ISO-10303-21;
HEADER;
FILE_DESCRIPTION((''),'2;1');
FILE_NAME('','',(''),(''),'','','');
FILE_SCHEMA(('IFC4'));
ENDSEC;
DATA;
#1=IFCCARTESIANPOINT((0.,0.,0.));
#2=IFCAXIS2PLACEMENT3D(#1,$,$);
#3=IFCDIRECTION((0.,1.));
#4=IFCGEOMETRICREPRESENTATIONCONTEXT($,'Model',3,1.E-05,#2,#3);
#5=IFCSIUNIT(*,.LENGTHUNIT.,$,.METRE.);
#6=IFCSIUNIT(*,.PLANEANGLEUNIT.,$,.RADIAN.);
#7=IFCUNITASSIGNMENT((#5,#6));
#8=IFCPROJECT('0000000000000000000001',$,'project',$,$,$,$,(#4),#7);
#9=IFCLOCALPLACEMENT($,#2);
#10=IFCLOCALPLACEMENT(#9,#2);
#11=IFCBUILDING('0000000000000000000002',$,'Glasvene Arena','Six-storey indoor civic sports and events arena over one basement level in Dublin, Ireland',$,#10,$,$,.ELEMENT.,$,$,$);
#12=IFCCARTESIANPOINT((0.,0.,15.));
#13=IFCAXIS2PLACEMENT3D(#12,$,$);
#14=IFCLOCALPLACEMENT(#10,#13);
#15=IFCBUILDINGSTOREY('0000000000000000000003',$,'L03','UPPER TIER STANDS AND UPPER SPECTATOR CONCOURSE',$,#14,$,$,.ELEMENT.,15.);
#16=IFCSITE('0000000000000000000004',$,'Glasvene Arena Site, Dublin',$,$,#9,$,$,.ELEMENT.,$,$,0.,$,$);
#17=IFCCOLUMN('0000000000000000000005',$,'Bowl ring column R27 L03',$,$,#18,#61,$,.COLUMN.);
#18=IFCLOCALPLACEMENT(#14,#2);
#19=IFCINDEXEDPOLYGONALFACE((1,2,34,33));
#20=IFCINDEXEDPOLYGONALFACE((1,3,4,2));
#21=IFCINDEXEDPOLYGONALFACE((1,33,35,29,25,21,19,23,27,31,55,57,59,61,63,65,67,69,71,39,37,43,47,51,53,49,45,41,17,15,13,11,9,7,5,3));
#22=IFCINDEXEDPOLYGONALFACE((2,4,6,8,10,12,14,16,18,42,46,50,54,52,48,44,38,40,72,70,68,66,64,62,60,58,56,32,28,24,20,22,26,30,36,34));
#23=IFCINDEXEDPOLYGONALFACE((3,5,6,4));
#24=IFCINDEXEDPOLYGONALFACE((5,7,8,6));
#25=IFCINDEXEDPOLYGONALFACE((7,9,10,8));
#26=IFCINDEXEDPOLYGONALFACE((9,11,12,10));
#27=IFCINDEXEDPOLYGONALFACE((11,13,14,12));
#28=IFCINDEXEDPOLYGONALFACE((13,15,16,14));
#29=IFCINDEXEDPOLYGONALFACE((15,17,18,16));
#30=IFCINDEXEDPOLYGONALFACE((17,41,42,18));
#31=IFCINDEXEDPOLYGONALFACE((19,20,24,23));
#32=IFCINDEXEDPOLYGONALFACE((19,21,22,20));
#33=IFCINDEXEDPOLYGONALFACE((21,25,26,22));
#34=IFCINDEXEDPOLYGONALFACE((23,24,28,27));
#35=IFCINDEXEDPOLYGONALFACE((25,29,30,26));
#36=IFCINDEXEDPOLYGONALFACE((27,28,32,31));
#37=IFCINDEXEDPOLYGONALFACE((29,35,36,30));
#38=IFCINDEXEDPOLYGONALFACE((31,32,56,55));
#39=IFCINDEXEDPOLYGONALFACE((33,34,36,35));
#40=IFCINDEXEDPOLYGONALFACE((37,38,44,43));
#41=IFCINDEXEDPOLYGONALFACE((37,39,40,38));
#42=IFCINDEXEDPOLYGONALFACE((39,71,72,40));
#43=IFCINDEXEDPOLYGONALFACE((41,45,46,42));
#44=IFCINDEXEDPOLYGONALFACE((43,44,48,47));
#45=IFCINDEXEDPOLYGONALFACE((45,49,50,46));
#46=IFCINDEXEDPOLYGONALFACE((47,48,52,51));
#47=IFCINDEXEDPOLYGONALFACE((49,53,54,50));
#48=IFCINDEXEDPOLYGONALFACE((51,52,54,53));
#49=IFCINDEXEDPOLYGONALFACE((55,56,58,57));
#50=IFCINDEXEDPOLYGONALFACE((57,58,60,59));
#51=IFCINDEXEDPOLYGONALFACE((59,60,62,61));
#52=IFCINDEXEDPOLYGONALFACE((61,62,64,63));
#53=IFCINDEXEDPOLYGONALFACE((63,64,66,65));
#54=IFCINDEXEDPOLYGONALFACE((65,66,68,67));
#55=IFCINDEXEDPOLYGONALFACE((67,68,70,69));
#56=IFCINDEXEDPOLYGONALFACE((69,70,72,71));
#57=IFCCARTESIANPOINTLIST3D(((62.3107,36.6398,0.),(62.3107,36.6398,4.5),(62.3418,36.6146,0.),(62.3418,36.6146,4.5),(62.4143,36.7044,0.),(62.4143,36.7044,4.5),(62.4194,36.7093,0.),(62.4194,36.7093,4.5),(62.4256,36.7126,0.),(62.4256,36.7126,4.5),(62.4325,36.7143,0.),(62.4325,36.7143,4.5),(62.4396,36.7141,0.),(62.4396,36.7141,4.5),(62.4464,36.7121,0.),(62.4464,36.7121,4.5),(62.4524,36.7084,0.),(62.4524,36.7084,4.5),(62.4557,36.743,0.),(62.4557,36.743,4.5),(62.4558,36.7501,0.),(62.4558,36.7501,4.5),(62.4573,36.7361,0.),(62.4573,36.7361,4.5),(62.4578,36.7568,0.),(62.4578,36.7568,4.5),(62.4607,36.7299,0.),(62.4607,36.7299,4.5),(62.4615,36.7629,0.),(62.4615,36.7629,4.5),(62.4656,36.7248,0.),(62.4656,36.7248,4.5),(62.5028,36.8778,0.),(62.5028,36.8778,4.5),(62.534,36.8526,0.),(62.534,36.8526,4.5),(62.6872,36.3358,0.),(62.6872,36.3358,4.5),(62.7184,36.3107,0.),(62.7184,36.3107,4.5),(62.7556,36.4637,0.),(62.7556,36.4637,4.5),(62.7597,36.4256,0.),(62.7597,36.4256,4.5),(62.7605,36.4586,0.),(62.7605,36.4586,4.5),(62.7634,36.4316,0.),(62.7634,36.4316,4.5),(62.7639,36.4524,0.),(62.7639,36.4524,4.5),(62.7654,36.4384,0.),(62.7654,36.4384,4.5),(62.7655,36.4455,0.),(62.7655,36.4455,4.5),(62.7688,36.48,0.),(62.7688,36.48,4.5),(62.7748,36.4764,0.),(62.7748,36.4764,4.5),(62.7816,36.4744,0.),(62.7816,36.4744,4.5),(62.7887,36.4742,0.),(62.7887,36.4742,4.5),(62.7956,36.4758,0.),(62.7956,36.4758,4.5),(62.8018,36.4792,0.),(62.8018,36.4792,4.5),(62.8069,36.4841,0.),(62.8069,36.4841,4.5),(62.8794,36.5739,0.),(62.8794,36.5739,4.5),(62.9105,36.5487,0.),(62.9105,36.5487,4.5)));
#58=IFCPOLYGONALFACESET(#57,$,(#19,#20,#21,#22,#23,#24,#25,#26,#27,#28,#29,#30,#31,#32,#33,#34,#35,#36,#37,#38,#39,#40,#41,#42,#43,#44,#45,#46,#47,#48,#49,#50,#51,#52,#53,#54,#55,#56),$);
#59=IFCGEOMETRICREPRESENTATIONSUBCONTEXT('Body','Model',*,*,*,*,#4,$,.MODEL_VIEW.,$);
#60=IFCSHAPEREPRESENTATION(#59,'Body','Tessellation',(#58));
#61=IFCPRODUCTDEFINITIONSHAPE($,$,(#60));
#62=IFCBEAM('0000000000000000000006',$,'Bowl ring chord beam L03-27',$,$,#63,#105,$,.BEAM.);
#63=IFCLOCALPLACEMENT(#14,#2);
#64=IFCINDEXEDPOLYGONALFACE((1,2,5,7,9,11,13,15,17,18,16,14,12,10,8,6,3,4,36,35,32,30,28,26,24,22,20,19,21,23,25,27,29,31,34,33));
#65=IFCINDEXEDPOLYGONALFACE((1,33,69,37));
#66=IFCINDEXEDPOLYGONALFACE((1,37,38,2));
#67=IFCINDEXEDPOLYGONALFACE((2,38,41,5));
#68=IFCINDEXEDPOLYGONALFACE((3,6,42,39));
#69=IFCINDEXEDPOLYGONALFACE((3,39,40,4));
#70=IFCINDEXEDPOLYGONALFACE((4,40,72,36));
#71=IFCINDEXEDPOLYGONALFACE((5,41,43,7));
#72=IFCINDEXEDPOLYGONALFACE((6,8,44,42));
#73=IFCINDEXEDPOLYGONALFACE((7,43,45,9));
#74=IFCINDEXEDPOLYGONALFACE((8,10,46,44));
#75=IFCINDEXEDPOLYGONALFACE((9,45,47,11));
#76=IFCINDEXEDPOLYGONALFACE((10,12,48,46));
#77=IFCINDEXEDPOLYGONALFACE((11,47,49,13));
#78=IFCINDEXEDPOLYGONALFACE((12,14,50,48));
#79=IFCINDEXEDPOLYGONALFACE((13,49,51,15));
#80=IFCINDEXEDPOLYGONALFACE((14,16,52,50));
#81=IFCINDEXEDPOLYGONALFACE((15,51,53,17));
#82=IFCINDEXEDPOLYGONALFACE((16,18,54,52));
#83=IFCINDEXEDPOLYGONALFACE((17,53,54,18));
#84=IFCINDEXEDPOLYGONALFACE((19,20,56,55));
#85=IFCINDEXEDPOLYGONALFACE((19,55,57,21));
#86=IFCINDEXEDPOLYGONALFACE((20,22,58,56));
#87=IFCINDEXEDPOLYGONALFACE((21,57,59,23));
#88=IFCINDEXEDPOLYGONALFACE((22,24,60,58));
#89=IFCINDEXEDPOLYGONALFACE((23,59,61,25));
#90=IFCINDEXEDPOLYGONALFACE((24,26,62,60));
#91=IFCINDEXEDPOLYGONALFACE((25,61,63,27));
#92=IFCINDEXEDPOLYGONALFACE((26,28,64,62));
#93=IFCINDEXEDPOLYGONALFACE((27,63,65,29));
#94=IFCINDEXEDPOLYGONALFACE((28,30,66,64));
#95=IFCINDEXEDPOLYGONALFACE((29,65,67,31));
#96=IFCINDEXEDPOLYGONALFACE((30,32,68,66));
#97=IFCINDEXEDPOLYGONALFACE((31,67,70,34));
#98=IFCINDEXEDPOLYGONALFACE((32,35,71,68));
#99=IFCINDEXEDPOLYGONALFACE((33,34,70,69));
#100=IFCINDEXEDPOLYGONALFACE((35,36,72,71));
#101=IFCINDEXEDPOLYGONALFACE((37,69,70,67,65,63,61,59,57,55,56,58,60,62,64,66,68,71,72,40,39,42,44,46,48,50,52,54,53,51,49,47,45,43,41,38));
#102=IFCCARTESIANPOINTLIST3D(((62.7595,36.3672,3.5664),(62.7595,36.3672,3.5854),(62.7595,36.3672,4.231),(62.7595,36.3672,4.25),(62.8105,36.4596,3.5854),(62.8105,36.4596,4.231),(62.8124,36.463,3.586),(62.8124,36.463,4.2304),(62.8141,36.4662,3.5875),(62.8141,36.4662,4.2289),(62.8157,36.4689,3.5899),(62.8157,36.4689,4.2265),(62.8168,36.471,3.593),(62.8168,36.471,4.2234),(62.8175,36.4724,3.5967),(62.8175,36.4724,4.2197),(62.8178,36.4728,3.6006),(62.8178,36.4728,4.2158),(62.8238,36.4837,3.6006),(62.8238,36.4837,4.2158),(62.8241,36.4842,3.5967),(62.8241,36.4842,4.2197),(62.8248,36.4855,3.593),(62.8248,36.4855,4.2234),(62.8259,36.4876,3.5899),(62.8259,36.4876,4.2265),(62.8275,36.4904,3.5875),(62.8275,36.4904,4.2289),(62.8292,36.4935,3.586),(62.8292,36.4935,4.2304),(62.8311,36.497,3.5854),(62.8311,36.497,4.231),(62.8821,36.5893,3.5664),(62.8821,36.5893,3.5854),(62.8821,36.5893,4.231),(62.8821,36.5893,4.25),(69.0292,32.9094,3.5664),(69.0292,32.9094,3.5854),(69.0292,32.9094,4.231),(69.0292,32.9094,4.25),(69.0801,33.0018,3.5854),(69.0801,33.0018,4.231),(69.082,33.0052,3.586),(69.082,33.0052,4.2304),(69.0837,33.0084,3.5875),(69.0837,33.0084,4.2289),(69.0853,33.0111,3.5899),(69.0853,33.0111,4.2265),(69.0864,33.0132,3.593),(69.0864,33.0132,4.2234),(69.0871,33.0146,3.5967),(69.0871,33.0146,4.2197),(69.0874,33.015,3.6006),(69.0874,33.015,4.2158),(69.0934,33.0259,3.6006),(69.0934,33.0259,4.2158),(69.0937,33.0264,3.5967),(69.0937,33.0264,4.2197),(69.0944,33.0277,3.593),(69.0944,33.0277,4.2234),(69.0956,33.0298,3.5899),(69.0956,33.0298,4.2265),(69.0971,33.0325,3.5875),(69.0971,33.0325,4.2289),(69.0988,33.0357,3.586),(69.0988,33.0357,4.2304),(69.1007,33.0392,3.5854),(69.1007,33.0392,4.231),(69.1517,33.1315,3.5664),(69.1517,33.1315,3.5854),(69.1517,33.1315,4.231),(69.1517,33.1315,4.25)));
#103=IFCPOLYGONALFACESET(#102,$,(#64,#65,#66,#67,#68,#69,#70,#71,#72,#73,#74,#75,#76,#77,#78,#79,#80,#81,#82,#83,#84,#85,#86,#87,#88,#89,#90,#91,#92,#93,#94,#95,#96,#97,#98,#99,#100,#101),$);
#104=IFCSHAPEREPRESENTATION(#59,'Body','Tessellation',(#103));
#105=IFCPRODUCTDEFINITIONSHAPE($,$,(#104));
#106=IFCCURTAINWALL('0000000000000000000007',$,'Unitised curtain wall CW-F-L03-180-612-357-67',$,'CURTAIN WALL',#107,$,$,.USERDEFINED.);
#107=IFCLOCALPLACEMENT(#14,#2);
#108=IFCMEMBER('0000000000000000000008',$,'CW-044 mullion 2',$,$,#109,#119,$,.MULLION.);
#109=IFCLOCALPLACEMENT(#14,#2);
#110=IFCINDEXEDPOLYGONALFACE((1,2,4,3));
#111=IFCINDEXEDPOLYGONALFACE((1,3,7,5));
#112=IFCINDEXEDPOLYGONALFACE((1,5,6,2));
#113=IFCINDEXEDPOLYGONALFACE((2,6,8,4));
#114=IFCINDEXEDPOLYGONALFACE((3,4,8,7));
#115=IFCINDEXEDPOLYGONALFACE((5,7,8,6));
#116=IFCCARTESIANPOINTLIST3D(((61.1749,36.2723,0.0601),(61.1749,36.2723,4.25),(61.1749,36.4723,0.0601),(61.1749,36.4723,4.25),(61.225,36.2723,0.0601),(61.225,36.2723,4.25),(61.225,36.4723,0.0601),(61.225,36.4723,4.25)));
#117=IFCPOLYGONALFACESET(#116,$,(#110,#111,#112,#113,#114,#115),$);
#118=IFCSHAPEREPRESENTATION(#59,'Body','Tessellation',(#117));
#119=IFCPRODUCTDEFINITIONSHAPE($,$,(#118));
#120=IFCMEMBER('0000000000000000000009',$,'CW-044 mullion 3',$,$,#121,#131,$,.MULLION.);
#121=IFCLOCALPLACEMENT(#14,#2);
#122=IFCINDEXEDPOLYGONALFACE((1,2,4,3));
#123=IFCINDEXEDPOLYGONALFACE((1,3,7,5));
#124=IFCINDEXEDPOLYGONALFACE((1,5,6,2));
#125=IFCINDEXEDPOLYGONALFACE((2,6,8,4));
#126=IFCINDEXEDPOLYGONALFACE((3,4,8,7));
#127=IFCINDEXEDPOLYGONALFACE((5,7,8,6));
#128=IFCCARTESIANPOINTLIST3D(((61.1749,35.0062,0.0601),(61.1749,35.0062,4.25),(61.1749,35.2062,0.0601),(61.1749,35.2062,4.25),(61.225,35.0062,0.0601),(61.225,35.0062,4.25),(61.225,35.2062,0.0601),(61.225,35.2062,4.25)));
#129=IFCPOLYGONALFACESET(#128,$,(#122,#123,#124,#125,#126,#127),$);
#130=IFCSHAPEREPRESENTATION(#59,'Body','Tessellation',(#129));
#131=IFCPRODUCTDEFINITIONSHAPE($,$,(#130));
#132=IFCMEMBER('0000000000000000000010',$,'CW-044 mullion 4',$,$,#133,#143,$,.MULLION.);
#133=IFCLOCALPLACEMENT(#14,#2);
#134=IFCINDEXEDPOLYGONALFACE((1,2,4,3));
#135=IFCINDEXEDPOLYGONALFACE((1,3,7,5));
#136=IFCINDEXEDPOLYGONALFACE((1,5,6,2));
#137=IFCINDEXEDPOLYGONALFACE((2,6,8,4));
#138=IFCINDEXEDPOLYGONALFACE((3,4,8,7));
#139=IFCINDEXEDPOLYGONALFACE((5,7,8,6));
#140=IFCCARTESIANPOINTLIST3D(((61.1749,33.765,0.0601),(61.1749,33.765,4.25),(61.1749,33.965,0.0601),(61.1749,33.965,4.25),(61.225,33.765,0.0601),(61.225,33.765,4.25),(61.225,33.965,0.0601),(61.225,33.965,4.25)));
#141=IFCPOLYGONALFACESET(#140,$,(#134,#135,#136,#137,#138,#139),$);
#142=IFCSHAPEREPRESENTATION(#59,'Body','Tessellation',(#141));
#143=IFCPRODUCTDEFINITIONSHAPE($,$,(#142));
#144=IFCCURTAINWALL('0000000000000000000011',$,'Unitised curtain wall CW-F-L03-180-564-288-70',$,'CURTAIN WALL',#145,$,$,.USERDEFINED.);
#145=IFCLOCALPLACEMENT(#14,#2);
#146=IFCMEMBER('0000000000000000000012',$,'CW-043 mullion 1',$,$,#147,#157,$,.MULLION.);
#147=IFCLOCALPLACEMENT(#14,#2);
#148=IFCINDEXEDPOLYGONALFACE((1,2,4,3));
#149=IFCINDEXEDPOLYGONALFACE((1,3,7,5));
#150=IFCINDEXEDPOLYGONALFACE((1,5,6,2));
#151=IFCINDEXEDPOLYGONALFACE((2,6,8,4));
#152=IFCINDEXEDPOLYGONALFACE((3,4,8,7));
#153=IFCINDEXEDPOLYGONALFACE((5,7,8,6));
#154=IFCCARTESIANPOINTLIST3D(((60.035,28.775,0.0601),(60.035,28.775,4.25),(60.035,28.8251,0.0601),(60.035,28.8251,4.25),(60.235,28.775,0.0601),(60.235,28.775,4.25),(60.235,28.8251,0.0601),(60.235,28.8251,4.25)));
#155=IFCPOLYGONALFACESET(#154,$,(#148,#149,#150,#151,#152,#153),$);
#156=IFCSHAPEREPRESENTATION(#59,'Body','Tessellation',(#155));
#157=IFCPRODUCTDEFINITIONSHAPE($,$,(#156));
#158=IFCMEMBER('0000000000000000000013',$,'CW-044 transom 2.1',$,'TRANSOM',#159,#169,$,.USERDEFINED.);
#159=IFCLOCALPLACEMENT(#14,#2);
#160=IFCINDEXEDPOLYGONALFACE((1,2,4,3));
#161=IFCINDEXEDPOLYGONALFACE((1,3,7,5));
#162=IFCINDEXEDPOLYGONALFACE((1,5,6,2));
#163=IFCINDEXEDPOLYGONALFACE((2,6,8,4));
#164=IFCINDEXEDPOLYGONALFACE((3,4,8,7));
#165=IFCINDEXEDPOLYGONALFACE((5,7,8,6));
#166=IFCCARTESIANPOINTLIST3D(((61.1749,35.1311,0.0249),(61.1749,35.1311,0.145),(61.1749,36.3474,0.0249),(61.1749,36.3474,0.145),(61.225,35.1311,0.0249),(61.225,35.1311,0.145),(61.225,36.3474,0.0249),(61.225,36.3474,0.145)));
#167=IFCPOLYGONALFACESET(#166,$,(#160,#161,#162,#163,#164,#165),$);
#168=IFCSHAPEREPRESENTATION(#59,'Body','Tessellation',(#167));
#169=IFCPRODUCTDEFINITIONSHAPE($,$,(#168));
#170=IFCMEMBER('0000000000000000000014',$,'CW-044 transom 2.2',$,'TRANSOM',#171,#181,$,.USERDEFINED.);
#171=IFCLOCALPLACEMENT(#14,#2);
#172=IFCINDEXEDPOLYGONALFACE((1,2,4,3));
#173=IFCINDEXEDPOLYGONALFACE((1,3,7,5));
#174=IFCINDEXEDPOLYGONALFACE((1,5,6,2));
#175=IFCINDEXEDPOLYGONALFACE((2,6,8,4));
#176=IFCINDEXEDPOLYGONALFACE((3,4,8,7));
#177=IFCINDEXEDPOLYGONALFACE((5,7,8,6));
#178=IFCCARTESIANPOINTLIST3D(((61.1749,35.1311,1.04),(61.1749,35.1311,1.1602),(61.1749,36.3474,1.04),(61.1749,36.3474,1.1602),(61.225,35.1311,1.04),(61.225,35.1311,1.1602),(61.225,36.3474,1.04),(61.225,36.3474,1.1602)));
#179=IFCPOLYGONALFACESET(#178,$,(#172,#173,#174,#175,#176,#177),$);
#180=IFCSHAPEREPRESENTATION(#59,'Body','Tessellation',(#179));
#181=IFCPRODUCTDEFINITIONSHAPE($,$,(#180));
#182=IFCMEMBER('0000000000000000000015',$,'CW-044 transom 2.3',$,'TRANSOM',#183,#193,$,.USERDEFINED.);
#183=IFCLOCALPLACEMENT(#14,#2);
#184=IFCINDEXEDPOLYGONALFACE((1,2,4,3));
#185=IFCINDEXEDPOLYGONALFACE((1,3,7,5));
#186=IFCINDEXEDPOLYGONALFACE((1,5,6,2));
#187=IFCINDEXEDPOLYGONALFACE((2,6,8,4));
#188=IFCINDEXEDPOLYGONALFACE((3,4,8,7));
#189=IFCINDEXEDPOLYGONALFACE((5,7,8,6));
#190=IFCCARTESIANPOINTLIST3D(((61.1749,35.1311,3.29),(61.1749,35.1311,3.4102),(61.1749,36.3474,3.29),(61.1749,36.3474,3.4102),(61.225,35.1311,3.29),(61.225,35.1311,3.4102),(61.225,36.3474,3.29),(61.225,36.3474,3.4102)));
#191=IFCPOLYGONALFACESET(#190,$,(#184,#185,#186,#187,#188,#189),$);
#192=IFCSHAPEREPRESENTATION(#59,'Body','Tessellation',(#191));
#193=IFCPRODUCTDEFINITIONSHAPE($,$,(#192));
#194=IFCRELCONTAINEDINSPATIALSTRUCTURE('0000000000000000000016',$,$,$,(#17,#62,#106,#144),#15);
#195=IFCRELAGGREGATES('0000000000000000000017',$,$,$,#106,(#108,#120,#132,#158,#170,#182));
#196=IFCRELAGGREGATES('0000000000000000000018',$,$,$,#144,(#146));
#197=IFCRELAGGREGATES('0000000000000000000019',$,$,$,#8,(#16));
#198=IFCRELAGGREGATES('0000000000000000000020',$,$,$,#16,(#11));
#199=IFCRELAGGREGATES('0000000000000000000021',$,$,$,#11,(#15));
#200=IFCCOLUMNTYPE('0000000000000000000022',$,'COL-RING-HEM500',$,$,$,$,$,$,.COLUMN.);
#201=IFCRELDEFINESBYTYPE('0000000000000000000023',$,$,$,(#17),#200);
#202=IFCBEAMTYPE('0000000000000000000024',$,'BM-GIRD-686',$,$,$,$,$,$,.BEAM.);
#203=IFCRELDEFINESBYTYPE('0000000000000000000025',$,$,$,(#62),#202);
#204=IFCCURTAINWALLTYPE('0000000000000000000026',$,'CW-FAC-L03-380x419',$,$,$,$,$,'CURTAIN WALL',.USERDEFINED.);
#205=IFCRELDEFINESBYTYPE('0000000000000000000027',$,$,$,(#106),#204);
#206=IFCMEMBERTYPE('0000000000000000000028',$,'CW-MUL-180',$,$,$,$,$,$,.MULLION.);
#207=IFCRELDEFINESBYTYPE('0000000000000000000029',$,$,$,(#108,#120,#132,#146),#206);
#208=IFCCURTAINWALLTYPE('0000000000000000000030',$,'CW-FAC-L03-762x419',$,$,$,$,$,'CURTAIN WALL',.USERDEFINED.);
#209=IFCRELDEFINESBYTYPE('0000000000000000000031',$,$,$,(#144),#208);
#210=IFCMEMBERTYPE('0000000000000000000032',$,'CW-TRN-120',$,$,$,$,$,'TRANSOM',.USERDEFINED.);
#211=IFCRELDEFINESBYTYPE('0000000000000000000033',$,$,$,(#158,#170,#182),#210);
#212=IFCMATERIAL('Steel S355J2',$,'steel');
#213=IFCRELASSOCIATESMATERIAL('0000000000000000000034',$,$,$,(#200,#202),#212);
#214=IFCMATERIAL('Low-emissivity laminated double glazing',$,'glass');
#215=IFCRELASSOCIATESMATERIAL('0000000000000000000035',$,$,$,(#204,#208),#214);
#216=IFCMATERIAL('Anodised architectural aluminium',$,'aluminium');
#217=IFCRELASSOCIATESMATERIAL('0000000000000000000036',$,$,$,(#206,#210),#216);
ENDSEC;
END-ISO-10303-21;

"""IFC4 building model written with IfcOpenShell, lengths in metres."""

from ifc_helpers import new_model, si_unit, direction, frame, origin, origin_2d, place, context, subcontext, project, spatial, rectangle, i_section, extrude, material, material_profile, profile_set, type_object, element, aggregate, save


model = new_model("IFC4")

# Units and contexts
model_context = context("Model", 3, precision=1e-05, world=origin(), true_north=direction((0.0, 1.0)))
body_context = subcontext(model_context, "Body", "Model", "MODEL_VIEW")
ifc_project = project(units=[si_unit("LENGTHUNIT", "METRE"), si_unit("PLANEANGLEUNIT", "RADIAN")], contexts=[model_context])

# Site, building, storey
site_placement = place(None, origin())
site = spatial("IfcSite", under=ifc_project, at=site_placement, Name="Glasvene Arena Site, Dublin", CompositionType="ELEMENT", RefElevation=0.0)
building_placement = place(site_placement, origin())
building = spatial("IfcBuilding", under=site, at=building_placement, Name="Glasvene Arena", Description="Six-storey indoor civic sports and events arena over one basement level in Dublin, Ireland", CompositionType="ELEMENT")
storey_placement = place(building_placement, frame((0.0, 0.0, 15.0)))
storey = spatial("IfcBuildingStorey", under=building, at=storey_placement, Name="L03", Description="UPPER TIER STANDS AND UPPER SPECTATOR CONCOURSE", CompositionType="ELEMENT", Elevation=15.0)

# Column
ifc_material_1 = material(Name="Steel S355J2", Category="steel")
ifc_material_profile_1 = material_profile(ifc_material_1, i_section(OverallWidth=0.3059, OverallDepth=0.5239, WebThickness=0.021, FlangeThickness=0.04, FilletRadius=0.0271, at=origin_2d()), Name="HEM 500")
ifc_profile_set_1 = profile_set([ifc_material_profile_1], Name="Steel S355J2")
column_type = type_object("IfcColumnType", Name="COL-RING-HEM500", PredefinedType="COLUMN", material=ifc_profile_set_1)
column_placement = place(storey_placement, frame((62.6106, 36.5942, 0.0), z_axis=(0.0, 0.0, 1.0), x_axis=(-0.628099, -0.778134, 0.0)))
element("IfcColumn", 1, at=column_placement, inside=storey, type_object=column_type, Name="Bowl ring column R27 L03", PredefinedType="COLUMN", context=body_context, shape_type="SweptSolid", body=[
    extrude(i_section(OverallWidth=0.3059, OverallDepth=0.5239, WebThickness=0.021, FlangeThickness=0.04, FilletRadius=0.0271, at=origin_2d()), origin(), (0.0, 0.0, 1.0), 4.5),
])

# Beam
ifc_material_profile_2 = material_profile(ifc_material_1, i_section(OverallWidth=0.2537, OverallDepth=0.6836, WebThickness=0.0125, FlangeThickness=0.019, FilletRadius=0.0151, at=origin_2d()), Name="UKB 686x254x140")
ifc_profile_set_2 = profile_set([ifc_material_profile_2], Name="Steel S355J2")
beam_type = type_object("IfcBeamType", Name="BM-GIRD-686", PredefinedType="BEAM", material=ifc_profile_set_2)
beam_placement = place(storey_placement, frame((62.8208, 36.4783, 3.9082), z_axis=(0.875654, -0.482939, 0.0), x_axis=(0.482939, 0.875654, 0.0)))
element("IfcBeam", 2, at=beam_placement, inside=storey, type_object=beam_type, Name="Bowl ring chord beam L03-27", PredefinedType="BEAM", context=body_context, shape_type="SweptSolid", body=[
    extrude(i_section(OverallWidth=0.2537, OverallDepth=0.6836, WebThickness=0.0125, FlangeThickness=0.019, FilletRadius=0.0151, at=origin_2d()), origin(), (0.0, 0.0, 1.0), 7.1599),
])

# Curtain wall, members
ifc_material_2 = material(Name="Low-emissivity laminated double glazing", Category="glass")
curtain_wall_type_1 = type_object("IfcCurtainWallType", Name="CW-FAC-L03-380x419", ElementType="CURTAIN WALL", PredefinedType="USERDEFINED", material=ifc_material_2)
curtain_wall_1_placement = place(storey_placement, frame((61.2, 37.6387, 0.0)))
curtain_wall_1 = element("IfcCurtainWall", 3, at=curtain_wall_1_placement, inside=storey, type_object=curtain_wall_type_1, Name="Unitised curtain wall CW-F-L03-180-612-357-67", ObjectType="CURTAIN WALL", PredefinedType="USERDEFINED")
ifc_material_3 = material(Name="Anodised architectural aluminium", Category="aluminium")
ifc_material_profile_3 = material_profile(ifc_material_3, rectangle(XDim=0.05, YDim=0.2, at=origin_2d()), Name="ALU MULLION 50x200")
ifc_profile_set_3 = profile_set([ifc_material_profile_3], Name="Anodised architectural aluminium")
member_type_1 = type_object("IfcMemberType", Name="CW-MUL-180", PredefinedType="MULLION", material=ifc_profile_set_3)
member_1_placement = place(storey_placement, frame((61.2, 36.3723, 0.0601), z_axis=(0.0, 0.0, 1.0), x_axis=(1.0, 0.0, 0.0)))
member_1 = element("IfcMember", 4, at=member_1_placement, type_object=member_type_1, Name="CW-044 mullion 2", PredefinedType="MULLION", context=body_context, shape_type="SweptSolid", body=[
    extrude(rectangle(XDim=0.05, YDim=0.2, at=origin_2d()), origin(), (0.0, 0.0, 1.0), 4.1899),
])
member_2_placement = place(storey_placement, frame((61.2, 35.1062, 0.0601), z_axis=(0.0, 0.0, 1.0), x_axis=(1.0, 0.0, 0.0)))
member_2 = element("IfcMember", 5, at=member_2_placement, type_object=member_type_1, Name="CW-044 mullion 3", PredefinedType="MULLION", context=body_context, shape_type="SweptSolid", body=[
    extrude(rectangle(XDim=0.05, YDim=0.2, at=origin_2d()), origin(), (0.0, 0.0, 1.0), 4.1899),
])
member_3_placement = place(storey_placement, frame((61.2, 33.865, 0.0601), z_axis=(0.0, 0.0, 1.0), x_axis=(1.0, 0.0, 0.0)))
member_3 = element("IfcMember", 6, at=member_3_placement, type_object=member_type_1, Name="CW-044 mullion 4", PredefinedType="MULLION", context=body_context, shape_type="SweptSolid", body=[
    extrude(rectangle(XDim=0.05, YDim=0.2, at=origin_2d()), origin(), (0.0, 0.0, 1.0), 4.1899),
])

# Curtain wall, member
curtain_wall_type_2 = type_object("IfcCurtainWallType", Name="CW-FAC-L03-762x419", ElementType="CURTAIN WALL", PredefinedType="USERDEFINED", material=ifc_material_2)
curtain_wall_2_placement = place(storey_placement, frame((60.1599, 28.8, 0.0)))
curtain_wall_2 = element("IfcCurtainWall", 7, at=curtain_wall_2_placement, inside=storey, type_object=curtain_wall_type_2, Name="Unitised curtain wall CW-F-L03-180-564-288-70", ObjectType="CURTAIN WALL", PredefinedType="USERDEFINED")
member_4_placement = place(storey_placement, frame((60.135, 28.8, 0.0601), z_axis=(0.0, 0.0, 1.0), x_axis=(0.0, -1.0, 0.0)))
member_4 = element("IfcMember", 8, at=member_4_placement, type_object=member_type_1, Name="CW-043 mullion 1", PredefinedType="MULLION", context=body_context, shape_type="SweptSolid", body=[
    extrude(rectangle(XDim=0.05, YDim=0.2, at=origin_2d()), origin(), (0.0, 0.0, 1.0), 4.1899),
])

# Members
ifc_material_profile_4 = material_profile(ifc_material_3, rectangle(XDim=0.05, YDim=0.1201, at=origin_2d()), Name="ALU TRANSOM 50x120")
ifc_profile_set_4 = profile_set([ifc_material_profile_4], Name="Anodised architectural aluminium")
member_type_2 = type_object("IfcMemberType", Name="CW-TRN-120", ElementType="TRANSOM", PredefinedType="USERDEFINED", material=ifc_profile_set_4)
member_5_placement = place(storey_placement, frame((61.2, 36.3474, 0.085), z_axis=(0.0, -1.0, 0.0), x_axis=(1.0, 0.0, 0.0)))
member_5 = element("IfcMember", 9, at=member_5_placement, type_object=member_type_2, Name="CW-044 transom 2.1", ObjectType="TRANSOM", PredefinedType="USERDEFINED", context=body_context, shape_type="SweptSolid", body=[
    extrude(rectangle(XDim=0.05, YDim=0.1201, at=origin_2d()), origin(), (0.0, 0.0, 1.0), 1.2163),
])
member_6_placement = place(storey_placement, frame((61.2, 36.3474, 1.1001), z_axis=(0.0, -1.0, 0.0), x_axis=(1.0, 0.0, 0.0)))
member_6 = element("IfcMember", 10, at=member_6_placement, type_object=member_type_2, Name="CW-044 transom 2.2", ObjectType="TRANSOM", PredefinedType="USERDEFINED", context=body_context, shape_type="SweptSolid", body=[
    extrude(rectangle(XDim=0.05, YDim=0.1201, at=origin_2d()), origin(), (0.0, 0.0, 1.0), 1.2163),
])
member_7_placement = place(storey_placement, frame((61.2, 36.3474, 3.3501), z_axis=(0.0, -1.0, 0.0), x_axis=(1.0, 0.0, 0.0)))
member_7 = element("IfcMember", 11, at=member_7_placement, type_object=member_type_2, Name="CW-044 transom 2.3", ObjectType="TRANSOM", PredefinedType="USERDEFINED", context=body_context, shape_type="SweptSolid", body=[
    extrude(rectangle(XDim=0.05, YDim=0.1201, at=origin_2d()), origin(), (0.0, 0.0, 1.0), 1.2163),
])

aggregate(curtain_wall_1, [member_1, member_2, member_3, member_5, member_6, member_7])
aggregate(curtain_wall_2, [member_4])

save(model, "model.ifc")
